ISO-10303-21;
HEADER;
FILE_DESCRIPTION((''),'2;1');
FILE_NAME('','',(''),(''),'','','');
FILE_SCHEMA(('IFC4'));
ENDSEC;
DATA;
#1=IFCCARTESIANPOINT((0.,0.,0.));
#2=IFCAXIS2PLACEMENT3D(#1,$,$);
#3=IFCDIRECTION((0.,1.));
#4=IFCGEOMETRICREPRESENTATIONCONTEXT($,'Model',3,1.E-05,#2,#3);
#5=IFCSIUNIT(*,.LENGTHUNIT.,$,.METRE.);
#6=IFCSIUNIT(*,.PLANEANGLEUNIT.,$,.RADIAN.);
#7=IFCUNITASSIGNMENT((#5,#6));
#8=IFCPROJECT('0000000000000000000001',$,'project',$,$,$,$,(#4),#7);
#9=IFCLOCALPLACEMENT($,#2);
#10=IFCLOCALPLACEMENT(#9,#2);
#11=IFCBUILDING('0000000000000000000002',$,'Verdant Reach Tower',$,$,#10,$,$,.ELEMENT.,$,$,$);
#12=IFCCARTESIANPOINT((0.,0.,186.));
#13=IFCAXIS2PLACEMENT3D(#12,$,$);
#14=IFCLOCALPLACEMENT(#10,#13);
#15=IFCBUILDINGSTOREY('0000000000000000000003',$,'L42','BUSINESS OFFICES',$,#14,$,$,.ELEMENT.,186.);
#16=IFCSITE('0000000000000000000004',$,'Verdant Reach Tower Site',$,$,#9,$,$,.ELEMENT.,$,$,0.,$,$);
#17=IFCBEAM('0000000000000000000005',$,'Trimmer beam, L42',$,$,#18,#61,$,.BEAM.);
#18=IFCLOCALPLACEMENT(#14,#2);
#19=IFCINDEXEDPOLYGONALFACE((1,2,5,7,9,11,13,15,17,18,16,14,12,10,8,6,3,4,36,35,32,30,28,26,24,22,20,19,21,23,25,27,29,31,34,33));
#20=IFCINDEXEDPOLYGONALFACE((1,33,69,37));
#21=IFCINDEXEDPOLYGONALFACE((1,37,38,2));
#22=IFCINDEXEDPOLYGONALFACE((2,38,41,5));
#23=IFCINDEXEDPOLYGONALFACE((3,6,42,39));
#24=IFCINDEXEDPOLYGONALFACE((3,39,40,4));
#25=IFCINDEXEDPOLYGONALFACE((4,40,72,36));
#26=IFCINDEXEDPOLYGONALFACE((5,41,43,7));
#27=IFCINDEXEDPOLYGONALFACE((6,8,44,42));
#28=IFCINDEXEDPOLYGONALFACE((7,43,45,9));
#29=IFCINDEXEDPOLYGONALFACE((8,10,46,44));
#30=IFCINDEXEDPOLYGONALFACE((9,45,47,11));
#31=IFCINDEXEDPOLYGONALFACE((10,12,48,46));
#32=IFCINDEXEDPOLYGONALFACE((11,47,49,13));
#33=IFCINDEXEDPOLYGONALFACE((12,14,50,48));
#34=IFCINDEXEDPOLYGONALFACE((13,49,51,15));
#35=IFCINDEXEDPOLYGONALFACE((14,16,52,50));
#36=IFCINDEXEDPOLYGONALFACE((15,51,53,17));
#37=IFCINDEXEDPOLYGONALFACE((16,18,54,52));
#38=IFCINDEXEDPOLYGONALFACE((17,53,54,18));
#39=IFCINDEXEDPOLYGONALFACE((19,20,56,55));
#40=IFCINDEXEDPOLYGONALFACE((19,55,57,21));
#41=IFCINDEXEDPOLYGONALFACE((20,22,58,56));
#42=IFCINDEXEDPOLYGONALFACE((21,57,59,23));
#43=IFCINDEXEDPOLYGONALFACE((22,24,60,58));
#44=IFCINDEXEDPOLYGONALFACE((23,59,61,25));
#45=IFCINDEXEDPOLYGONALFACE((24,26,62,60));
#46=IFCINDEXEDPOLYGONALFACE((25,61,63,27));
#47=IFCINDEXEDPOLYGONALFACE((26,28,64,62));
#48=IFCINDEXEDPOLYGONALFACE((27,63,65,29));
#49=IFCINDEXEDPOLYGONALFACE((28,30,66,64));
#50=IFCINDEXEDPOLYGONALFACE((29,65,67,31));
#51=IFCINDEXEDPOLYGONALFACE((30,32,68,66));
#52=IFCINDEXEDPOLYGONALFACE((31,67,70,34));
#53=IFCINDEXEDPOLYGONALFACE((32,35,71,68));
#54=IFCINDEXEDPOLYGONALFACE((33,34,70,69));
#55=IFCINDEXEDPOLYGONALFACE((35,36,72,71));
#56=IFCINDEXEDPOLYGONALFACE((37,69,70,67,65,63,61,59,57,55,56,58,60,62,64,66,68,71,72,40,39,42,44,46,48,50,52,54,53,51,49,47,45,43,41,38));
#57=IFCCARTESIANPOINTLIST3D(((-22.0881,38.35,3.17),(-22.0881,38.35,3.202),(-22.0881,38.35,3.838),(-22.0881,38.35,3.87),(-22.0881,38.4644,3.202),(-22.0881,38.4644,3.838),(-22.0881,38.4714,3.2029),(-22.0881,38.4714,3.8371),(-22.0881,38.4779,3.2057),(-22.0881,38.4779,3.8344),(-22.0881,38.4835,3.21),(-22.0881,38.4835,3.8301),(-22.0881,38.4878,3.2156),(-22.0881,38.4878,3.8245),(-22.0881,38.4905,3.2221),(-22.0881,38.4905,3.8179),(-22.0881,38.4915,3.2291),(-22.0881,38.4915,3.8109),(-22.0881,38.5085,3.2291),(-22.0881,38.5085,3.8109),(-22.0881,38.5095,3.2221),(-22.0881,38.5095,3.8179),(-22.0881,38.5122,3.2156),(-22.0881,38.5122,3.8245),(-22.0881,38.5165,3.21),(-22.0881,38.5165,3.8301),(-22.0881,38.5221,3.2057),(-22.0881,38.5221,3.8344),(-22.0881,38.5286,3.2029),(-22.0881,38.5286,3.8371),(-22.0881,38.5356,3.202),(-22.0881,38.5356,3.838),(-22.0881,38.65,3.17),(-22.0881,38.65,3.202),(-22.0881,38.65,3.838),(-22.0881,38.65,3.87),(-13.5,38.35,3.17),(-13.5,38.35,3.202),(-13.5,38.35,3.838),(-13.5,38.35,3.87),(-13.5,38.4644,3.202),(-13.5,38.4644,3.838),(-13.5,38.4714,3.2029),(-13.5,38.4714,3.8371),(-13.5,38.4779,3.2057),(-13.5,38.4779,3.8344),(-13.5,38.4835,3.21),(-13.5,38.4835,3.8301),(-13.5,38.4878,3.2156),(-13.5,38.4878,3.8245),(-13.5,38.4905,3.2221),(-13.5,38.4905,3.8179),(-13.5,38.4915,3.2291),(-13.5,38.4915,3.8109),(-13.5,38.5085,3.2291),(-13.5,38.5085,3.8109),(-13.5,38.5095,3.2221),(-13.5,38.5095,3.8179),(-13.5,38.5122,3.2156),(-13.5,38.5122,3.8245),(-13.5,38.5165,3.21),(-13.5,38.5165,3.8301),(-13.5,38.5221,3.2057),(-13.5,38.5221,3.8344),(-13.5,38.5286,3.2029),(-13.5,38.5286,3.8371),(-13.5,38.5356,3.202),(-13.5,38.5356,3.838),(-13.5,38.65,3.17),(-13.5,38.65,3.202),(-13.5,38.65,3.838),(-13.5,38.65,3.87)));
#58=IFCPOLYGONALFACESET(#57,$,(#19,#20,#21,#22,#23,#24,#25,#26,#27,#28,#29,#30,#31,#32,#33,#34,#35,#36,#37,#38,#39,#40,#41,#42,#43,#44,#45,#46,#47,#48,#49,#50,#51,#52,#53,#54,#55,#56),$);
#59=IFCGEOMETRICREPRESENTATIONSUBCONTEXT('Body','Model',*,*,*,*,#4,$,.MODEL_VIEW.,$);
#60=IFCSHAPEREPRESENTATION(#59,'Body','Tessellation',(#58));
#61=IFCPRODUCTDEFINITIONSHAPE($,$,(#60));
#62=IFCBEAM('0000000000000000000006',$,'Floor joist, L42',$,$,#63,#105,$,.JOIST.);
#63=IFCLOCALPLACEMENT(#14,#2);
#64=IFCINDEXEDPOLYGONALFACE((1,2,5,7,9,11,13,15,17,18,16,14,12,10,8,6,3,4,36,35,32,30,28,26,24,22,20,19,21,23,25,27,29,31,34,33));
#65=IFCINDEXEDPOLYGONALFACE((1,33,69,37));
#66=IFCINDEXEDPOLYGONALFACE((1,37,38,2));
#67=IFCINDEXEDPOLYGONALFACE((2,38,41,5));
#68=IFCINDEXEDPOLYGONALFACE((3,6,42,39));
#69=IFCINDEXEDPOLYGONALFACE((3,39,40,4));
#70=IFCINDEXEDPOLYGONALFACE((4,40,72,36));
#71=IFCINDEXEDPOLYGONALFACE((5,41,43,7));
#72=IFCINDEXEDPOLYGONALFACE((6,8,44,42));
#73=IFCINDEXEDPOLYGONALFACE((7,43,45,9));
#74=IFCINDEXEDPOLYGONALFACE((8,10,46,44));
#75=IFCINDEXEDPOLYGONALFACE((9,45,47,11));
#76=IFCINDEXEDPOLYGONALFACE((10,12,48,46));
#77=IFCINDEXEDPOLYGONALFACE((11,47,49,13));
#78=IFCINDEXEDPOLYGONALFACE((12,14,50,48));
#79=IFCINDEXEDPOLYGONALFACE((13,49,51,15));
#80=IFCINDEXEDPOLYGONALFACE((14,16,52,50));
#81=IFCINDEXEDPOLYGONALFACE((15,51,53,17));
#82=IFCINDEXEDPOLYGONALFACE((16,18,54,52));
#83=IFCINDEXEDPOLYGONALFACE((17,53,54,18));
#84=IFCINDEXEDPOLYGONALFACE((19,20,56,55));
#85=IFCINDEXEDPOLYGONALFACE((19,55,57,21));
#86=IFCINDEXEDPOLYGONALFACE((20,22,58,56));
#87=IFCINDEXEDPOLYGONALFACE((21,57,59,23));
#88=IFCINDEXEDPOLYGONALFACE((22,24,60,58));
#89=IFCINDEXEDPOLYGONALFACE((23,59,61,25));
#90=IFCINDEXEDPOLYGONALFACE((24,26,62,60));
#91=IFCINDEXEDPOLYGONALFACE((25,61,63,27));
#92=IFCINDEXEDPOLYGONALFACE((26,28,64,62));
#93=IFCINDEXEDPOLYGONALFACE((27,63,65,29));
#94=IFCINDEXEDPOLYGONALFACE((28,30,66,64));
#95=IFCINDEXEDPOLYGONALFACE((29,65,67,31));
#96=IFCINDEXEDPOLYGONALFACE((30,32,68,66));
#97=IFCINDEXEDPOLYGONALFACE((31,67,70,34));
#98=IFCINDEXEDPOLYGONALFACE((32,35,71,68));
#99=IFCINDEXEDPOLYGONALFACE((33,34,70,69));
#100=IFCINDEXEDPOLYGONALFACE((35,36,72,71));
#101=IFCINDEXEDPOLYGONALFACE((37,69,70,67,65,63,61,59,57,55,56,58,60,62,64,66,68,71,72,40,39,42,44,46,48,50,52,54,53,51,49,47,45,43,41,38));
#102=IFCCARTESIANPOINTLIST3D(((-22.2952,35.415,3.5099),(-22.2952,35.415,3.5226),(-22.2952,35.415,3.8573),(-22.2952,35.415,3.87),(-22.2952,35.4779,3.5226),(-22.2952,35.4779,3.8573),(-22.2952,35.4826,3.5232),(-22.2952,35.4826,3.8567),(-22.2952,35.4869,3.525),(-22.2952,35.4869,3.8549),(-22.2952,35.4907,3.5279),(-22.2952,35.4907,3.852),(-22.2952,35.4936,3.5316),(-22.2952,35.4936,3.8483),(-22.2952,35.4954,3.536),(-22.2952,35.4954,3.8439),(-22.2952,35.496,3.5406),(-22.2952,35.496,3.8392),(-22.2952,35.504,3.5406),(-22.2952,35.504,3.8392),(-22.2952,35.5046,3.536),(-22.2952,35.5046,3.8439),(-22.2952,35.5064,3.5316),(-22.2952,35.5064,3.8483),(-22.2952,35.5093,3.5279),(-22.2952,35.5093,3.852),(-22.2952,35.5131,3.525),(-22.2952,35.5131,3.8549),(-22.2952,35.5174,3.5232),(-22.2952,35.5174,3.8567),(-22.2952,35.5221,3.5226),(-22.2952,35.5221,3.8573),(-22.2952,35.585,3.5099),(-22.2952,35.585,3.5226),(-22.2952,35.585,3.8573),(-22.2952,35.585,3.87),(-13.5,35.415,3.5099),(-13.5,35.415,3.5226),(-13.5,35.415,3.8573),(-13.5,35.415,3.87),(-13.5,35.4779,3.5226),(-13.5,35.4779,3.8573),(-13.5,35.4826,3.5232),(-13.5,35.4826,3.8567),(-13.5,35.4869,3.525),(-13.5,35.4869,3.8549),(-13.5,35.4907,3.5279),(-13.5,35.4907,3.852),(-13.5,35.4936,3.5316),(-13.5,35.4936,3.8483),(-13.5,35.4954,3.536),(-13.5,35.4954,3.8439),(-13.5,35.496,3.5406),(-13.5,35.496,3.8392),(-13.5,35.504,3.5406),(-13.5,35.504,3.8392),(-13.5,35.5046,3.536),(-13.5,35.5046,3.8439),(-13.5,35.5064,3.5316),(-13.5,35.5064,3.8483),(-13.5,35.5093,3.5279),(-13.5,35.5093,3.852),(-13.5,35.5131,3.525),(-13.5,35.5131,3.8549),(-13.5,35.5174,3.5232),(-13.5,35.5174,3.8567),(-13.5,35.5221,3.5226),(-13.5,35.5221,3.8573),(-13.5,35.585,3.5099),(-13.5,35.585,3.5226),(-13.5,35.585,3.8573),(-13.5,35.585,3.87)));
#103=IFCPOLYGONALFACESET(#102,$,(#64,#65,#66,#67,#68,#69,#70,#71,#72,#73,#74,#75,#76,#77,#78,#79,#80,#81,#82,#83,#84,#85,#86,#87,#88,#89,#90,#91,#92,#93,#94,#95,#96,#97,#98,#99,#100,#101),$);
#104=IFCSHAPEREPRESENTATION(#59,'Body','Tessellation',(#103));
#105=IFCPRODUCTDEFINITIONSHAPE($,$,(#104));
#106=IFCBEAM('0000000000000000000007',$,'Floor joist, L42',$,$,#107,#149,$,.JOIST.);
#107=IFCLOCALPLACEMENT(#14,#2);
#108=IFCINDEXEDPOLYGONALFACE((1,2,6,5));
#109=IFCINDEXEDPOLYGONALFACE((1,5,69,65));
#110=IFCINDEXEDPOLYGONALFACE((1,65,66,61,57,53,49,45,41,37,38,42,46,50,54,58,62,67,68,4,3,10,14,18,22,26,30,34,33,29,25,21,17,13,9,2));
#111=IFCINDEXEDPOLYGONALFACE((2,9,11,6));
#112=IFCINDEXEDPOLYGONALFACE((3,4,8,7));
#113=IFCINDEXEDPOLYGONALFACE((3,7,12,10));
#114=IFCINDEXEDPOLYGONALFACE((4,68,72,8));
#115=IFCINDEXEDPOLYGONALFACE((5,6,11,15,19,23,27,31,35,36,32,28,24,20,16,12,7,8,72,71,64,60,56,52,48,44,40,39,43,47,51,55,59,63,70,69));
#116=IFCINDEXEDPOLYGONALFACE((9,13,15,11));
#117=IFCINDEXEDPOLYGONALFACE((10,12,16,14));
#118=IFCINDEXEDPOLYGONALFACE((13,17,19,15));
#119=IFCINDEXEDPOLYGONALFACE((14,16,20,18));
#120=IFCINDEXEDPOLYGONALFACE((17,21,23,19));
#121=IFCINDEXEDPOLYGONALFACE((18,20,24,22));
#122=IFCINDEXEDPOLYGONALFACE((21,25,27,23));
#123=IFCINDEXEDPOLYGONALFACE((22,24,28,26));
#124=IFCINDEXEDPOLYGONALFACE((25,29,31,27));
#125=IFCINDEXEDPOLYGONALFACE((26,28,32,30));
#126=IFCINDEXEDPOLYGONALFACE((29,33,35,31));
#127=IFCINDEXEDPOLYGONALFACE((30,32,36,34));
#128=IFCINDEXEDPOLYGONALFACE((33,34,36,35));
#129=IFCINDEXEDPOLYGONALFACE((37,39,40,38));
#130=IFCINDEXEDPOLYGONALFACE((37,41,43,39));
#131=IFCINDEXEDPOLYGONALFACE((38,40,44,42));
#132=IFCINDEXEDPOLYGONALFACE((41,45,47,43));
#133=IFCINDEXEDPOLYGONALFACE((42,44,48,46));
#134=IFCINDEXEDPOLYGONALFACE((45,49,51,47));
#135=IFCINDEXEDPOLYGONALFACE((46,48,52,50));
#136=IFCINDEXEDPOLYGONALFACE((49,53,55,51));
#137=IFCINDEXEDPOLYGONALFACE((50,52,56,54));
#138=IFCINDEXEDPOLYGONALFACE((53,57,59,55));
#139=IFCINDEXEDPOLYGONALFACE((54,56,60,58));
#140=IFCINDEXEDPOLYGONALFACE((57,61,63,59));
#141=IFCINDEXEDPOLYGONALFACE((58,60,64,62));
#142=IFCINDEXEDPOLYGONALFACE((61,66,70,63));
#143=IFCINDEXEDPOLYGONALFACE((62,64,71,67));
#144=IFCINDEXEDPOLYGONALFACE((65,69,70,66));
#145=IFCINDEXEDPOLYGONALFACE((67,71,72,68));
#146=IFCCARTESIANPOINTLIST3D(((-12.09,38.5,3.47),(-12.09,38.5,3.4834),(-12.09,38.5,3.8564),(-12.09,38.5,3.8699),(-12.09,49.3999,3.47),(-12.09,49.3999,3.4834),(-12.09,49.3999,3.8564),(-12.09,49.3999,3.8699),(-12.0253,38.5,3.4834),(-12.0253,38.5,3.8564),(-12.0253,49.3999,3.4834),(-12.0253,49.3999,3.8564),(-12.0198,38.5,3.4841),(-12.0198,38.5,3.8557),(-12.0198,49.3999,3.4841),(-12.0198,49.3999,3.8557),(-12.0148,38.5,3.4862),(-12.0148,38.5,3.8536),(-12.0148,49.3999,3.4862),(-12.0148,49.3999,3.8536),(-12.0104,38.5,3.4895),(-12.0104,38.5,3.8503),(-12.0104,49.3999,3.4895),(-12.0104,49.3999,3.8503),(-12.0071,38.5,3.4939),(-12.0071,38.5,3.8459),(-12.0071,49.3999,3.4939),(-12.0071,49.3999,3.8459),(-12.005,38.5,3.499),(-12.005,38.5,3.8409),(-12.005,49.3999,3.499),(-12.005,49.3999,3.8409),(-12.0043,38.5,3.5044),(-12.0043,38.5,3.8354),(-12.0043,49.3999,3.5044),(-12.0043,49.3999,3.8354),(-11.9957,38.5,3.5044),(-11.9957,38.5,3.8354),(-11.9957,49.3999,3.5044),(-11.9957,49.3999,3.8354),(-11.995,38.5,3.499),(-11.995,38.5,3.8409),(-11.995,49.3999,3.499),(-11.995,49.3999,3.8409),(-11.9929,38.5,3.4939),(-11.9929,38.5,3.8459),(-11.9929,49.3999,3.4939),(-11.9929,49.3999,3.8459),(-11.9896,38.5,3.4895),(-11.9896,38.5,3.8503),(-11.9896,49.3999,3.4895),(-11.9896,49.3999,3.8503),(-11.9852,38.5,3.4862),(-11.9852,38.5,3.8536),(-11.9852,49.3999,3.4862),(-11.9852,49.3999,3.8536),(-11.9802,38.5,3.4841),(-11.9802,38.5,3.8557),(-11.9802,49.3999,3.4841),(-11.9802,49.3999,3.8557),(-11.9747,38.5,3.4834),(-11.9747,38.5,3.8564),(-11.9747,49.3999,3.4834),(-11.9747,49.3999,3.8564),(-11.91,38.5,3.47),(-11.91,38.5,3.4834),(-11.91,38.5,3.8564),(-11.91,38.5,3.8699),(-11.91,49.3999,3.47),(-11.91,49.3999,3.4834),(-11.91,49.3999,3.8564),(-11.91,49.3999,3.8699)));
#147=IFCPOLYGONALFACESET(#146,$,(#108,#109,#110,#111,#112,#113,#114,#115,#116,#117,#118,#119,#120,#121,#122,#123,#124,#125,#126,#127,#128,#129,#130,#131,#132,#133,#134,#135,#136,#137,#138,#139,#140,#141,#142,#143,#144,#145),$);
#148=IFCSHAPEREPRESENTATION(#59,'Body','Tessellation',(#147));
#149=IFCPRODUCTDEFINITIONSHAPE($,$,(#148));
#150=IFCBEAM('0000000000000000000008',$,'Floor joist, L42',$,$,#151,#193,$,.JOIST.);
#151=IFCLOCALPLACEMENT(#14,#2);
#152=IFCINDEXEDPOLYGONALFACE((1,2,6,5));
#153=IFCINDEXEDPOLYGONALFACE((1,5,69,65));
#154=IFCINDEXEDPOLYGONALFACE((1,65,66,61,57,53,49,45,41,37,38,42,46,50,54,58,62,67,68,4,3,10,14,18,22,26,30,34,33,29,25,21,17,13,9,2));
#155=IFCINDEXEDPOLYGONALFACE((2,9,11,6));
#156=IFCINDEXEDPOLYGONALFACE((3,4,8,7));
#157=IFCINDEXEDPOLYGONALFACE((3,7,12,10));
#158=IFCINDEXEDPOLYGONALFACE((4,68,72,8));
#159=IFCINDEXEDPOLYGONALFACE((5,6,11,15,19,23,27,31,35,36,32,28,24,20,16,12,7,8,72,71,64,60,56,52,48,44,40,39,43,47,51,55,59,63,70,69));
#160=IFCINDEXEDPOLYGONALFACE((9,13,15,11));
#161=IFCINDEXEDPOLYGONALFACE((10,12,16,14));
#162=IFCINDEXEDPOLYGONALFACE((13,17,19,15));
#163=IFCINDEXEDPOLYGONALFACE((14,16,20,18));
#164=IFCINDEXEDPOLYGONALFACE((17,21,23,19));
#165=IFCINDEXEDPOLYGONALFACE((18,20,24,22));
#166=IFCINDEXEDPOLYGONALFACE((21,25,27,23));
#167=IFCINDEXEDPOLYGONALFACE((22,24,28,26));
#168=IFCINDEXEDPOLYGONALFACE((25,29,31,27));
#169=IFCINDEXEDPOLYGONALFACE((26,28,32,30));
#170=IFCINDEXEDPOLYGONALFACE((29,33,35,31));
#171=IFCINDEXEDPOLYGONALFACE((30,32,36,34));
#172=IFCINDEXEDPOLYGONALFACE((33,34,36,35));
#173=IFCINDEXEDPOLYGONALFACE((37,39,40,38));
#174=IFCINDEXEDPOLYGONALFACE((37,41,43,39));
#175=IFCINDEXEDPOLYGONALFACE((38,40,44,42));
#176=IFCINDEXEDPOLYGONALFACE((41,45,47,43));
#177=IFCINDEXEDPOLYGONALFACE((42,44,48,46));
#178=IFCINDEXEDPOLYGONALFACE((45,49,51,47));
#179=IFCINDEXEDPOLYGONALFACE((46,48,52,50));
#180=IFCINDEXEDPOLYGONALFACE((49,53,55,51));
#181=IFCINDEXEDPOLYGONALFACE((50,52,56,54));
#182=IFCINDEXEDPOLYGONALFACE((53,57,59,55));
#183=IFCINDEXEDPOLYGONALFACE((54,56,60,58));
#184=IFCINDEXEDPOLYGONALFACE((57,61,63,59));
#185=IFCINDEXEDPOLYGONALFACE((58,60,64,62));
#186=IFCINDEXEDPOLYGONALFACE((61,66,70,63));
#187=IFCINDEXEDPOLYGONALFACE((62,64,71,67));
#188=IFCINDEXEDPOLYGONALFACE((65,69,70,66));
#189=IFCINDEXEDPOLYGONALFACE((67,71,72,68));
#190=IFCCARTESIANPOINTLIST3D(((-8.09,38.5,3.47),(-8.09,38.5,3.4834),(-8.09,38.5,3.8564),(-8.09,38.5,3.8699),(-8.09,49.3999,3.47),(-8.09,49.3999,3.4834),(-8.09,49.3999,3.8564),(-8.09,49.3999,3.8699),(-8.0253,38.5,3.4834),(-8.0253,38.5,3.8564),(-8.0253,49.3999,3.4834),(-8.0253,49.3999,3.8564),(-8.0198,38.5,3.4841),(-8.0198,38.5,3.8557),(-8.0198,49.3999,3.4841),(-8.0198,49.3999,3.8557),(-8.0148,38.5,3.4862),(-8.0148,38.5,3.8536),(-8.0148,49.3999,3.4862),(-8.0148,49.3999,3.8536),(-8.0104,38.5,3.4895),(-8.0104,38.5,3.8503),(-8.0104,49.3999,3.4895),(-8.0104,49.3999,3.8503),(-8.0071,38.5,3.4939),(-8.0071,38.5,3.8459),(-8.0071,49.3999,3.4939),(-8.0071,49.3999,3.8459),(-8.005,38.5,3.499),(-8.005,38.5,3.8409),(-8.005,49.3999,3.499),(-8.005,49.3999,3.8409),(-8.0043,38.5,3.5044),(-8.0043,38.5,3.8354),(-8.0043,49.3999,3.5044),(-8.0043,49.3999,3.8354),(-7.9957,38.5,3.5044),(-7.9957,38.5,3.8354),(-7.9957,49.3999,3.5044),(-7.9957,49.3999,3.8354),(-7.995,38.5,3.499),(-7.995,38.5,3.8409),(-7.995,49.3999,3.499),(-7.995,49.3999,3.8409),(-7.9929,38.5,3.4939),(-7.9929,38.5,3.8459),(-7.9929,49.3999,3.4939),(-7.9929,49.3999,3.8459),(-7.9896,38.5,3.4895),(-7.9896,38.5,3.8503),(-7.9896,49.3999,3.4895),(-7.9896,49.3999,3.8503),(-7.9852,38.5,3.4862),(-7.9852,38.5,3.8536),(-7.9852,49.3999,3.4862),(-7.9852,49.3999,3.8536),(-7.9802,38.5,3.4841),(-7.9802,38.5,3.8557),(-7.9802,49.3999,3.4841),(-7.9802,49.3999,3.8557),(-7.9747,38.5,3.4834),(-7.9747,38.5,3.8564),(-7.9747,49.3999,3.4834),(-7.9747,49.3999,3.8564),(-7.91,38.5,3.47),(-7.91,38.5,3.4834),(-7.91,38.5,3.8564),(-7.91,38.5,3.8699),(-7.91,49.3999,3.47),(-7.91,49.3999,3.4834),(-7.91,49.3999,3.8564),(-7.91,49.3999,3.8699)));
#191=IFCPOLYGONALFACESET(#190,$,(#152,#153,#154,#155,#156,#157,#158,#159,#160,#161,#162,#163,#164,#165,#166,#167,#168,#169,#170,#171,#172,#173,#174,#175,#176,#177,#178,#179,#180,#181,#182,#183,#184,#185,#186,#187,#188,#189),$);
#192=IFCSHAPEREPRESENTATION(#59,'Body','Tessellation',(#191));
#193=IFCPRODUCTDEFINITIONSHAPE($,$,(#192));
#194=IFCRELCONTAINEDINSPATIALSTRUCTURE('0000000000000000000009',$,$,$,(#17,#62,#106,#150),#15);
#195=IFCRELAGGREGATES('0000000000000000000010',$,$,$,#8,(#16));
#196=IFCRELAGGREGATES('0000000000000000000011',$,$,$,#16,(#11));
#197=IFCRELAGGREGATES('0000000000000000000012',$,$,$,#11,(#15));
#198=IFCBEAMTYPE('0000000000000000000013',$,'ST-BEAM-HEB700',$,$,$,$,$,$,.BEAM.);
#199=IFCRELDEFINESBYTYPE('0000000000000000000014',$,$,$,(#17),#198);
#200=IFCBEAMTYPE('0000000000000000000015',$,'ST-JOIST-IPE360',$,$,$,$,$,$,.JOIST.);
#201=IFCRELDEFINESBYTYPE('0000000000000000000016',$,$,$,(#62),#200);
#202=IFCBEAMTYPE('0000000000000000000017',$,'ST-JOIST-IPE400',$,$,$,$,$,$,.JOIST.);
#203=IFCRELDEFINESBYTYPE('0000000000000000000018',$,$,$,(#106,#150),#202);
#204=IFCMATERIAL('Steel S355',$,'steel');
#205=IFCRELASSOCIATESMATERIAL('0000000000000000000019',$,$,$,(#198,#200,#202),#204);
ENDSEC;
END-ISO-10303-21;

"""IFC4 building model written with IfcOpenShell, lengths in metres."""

from ifc_helpers import new_model, si_unit, direction, frame, origin, origin_2d, place, context, subcontext, project, spatial, i_section, extrude, material, material_profile, profile_set, type_object, element, save


model = new_model("IFC4")

# Units and contexts
model_context = context("Model", 3, precision=1e-05, world=origin(), true_north=direction((0.0, 1.0)))
body_context = subcontext(model_context, "Body", "Model", "MODEL_VIEW")
ifc_project = project(units=[si_unit("LENGTHUNIT", "METRE"), si_unit("PLANEANGLEUNIT", "RADIAN")], contexts=[model_context])

# Site, building, storey
site_placement = place(None, origin())
site = spatial("IfcSite", under=ifc_project, at=site_placement, Name="Verdant Reach Tower Site", CompositionType="ELEMENT", RefElevation=0.0)
building_placement = place(site_placement, origin())
building = spatial("IfcBuilding", under=site, at=building_placement, Name="Verdant Reach Tower", CompositionType="ELEMENT")
storey_placement = place(building_placement, frame((0.0, 0.0, 186.0)))
storey = spatial("IfcBuildingStorey", under=building, at=storey_placement, Name="L42", Description="BUSINESS OFFICES", CompositionType="ELEMENT", Elevation=186.0)

# Beams
ifc_material_1 = material(Name="Steel S355", Category="steel")
ifc_material_profile_1 = material_profile(ifc_material_1, i_section(OverallWidth=0.3, OverallDepth=0.7, WebThickness=0.0171, FlangeThickness=0.032, FilletRadius=0.0271, at=origin_2d()), Name="HEB 700")
ifc_profile_set_1 = profile_set([ifc_material_profile_1], Name="Steel S355")
beam_type_1 = type_object("IfcBeamType", Name="ST-BEAM-HEB700", PredefinedType="BEAM", material=ifc_profile_set_1)
beam_1_placement = place(storey_placement, frame((-13.5, 38.5, 3.52), z_axis=(-1.0, 0.0, 0.0), x_axis=(0.0, -1.0, 0.0)))
element("IfcBeam", 1, at=beam_1_placement, inside=storey, type_object=beam_type_1, Name="Trimmer beam, L42", PredefinedType="BEAM", context=body_context, shape_type="SweptSolid", body=[
    extrude(i_section(OverallWidth=0.3, OverallDepth=0.7, WebThickness=0.0171, FlangeThickness=0.032, FilletRadius=0.0271, at=origin_2d()), origin(), (0.0, 0.0, 1.0), 8.5881),
])
ifc_material_profile_2 = material_profile(ifc_material_1, i_section(OverallWidth=0.1699, OverallDepth=0.3601, WebThickness=0.0081, FlangeThickness=0.0127, FilletRadius=0.0181, at=origin_2d()), Name="IPE 360")
ifc_profile_set_2 = profile_set([ifc_material_profile_2], Name="Steel S355")
beam_type_2 = type_object("IfcBeamType", Name="ST-JOIST-IPE360", PredefinedType="JOIST", material=ifc_profile_set_2)
beam_2_placement = place(storey_placement, frame((-13.5, 35.5, 3.6899), z_axis=(-1.0, 0.0, 0.0), x_axis=(0.0, -1.0, 0.0)))
element("IfcBeam", 2, at=beam_2_placement, inside=storey, type_object=beam_type_2, Name="Floor joist, L42", PredefinedType="JOIST", context=body_context, shape_type="SweptSolid", body=[
    extrude(i_section(OverallWidth=0.1699, OverallDepth=0.3601, WebThickness=0.0081, FlangeThickness=0.0127, FilletRadius=0.0181, at=origin_2d()), origin(), (0.0, 0.0, 1.0), 8.7952),
])
ifc_material_profile_3 = material_profile(ifc_material_1, i_section(OverallWidth=0.1799, OverallDepth=0.3999, WebThickness=0.0085, FlangeThickness=0.0134, FilletRadius=0.021, at=origin_2d()), Name="IPE 400")
ifc_profile_set_3 = profile_set([ifc_material_profile_3], Name="Steel S355")
beam_type_3 = type_object("IfcBeamType", Name="ST-JOIST-IPE400", PredefinedType="JOIST", material=ifc_profile_set_3)
for number, where, z_axis, x_axis, name in (
    (3, (-12.0, 38.5, 3.6699), (0.0, 1.0, 0.0), (-1.0, 0.0, 0.0), "Floor joist, L42"),
    (4, (-8.0, 38.5, 3.6699), (0.0, 1.0, 0.0), (-1.0, 0.0, 0.0), "Floor joist, L42"),
):
    element("IfcBeam", number, at=place(storey_placement, frame(where, z_axis=z_axis, x_axis=x_axis)), inside=storey, type_object=beam_type_3, Name=name, PredefinedType="JOIST", context=body_context, shape_type="SweptSolid", body=[
        extrude(i_section(OverallWidth=0.1799, OverallDepth=0.3999, WebThickness=0.0085, FlangeThickness=0.0134, FilletRadius=0.021, at=origin_2d()), origin(), (0.0, 0.0, 1.0), 10.8999),
    ])

save(model, "model.ifc")
